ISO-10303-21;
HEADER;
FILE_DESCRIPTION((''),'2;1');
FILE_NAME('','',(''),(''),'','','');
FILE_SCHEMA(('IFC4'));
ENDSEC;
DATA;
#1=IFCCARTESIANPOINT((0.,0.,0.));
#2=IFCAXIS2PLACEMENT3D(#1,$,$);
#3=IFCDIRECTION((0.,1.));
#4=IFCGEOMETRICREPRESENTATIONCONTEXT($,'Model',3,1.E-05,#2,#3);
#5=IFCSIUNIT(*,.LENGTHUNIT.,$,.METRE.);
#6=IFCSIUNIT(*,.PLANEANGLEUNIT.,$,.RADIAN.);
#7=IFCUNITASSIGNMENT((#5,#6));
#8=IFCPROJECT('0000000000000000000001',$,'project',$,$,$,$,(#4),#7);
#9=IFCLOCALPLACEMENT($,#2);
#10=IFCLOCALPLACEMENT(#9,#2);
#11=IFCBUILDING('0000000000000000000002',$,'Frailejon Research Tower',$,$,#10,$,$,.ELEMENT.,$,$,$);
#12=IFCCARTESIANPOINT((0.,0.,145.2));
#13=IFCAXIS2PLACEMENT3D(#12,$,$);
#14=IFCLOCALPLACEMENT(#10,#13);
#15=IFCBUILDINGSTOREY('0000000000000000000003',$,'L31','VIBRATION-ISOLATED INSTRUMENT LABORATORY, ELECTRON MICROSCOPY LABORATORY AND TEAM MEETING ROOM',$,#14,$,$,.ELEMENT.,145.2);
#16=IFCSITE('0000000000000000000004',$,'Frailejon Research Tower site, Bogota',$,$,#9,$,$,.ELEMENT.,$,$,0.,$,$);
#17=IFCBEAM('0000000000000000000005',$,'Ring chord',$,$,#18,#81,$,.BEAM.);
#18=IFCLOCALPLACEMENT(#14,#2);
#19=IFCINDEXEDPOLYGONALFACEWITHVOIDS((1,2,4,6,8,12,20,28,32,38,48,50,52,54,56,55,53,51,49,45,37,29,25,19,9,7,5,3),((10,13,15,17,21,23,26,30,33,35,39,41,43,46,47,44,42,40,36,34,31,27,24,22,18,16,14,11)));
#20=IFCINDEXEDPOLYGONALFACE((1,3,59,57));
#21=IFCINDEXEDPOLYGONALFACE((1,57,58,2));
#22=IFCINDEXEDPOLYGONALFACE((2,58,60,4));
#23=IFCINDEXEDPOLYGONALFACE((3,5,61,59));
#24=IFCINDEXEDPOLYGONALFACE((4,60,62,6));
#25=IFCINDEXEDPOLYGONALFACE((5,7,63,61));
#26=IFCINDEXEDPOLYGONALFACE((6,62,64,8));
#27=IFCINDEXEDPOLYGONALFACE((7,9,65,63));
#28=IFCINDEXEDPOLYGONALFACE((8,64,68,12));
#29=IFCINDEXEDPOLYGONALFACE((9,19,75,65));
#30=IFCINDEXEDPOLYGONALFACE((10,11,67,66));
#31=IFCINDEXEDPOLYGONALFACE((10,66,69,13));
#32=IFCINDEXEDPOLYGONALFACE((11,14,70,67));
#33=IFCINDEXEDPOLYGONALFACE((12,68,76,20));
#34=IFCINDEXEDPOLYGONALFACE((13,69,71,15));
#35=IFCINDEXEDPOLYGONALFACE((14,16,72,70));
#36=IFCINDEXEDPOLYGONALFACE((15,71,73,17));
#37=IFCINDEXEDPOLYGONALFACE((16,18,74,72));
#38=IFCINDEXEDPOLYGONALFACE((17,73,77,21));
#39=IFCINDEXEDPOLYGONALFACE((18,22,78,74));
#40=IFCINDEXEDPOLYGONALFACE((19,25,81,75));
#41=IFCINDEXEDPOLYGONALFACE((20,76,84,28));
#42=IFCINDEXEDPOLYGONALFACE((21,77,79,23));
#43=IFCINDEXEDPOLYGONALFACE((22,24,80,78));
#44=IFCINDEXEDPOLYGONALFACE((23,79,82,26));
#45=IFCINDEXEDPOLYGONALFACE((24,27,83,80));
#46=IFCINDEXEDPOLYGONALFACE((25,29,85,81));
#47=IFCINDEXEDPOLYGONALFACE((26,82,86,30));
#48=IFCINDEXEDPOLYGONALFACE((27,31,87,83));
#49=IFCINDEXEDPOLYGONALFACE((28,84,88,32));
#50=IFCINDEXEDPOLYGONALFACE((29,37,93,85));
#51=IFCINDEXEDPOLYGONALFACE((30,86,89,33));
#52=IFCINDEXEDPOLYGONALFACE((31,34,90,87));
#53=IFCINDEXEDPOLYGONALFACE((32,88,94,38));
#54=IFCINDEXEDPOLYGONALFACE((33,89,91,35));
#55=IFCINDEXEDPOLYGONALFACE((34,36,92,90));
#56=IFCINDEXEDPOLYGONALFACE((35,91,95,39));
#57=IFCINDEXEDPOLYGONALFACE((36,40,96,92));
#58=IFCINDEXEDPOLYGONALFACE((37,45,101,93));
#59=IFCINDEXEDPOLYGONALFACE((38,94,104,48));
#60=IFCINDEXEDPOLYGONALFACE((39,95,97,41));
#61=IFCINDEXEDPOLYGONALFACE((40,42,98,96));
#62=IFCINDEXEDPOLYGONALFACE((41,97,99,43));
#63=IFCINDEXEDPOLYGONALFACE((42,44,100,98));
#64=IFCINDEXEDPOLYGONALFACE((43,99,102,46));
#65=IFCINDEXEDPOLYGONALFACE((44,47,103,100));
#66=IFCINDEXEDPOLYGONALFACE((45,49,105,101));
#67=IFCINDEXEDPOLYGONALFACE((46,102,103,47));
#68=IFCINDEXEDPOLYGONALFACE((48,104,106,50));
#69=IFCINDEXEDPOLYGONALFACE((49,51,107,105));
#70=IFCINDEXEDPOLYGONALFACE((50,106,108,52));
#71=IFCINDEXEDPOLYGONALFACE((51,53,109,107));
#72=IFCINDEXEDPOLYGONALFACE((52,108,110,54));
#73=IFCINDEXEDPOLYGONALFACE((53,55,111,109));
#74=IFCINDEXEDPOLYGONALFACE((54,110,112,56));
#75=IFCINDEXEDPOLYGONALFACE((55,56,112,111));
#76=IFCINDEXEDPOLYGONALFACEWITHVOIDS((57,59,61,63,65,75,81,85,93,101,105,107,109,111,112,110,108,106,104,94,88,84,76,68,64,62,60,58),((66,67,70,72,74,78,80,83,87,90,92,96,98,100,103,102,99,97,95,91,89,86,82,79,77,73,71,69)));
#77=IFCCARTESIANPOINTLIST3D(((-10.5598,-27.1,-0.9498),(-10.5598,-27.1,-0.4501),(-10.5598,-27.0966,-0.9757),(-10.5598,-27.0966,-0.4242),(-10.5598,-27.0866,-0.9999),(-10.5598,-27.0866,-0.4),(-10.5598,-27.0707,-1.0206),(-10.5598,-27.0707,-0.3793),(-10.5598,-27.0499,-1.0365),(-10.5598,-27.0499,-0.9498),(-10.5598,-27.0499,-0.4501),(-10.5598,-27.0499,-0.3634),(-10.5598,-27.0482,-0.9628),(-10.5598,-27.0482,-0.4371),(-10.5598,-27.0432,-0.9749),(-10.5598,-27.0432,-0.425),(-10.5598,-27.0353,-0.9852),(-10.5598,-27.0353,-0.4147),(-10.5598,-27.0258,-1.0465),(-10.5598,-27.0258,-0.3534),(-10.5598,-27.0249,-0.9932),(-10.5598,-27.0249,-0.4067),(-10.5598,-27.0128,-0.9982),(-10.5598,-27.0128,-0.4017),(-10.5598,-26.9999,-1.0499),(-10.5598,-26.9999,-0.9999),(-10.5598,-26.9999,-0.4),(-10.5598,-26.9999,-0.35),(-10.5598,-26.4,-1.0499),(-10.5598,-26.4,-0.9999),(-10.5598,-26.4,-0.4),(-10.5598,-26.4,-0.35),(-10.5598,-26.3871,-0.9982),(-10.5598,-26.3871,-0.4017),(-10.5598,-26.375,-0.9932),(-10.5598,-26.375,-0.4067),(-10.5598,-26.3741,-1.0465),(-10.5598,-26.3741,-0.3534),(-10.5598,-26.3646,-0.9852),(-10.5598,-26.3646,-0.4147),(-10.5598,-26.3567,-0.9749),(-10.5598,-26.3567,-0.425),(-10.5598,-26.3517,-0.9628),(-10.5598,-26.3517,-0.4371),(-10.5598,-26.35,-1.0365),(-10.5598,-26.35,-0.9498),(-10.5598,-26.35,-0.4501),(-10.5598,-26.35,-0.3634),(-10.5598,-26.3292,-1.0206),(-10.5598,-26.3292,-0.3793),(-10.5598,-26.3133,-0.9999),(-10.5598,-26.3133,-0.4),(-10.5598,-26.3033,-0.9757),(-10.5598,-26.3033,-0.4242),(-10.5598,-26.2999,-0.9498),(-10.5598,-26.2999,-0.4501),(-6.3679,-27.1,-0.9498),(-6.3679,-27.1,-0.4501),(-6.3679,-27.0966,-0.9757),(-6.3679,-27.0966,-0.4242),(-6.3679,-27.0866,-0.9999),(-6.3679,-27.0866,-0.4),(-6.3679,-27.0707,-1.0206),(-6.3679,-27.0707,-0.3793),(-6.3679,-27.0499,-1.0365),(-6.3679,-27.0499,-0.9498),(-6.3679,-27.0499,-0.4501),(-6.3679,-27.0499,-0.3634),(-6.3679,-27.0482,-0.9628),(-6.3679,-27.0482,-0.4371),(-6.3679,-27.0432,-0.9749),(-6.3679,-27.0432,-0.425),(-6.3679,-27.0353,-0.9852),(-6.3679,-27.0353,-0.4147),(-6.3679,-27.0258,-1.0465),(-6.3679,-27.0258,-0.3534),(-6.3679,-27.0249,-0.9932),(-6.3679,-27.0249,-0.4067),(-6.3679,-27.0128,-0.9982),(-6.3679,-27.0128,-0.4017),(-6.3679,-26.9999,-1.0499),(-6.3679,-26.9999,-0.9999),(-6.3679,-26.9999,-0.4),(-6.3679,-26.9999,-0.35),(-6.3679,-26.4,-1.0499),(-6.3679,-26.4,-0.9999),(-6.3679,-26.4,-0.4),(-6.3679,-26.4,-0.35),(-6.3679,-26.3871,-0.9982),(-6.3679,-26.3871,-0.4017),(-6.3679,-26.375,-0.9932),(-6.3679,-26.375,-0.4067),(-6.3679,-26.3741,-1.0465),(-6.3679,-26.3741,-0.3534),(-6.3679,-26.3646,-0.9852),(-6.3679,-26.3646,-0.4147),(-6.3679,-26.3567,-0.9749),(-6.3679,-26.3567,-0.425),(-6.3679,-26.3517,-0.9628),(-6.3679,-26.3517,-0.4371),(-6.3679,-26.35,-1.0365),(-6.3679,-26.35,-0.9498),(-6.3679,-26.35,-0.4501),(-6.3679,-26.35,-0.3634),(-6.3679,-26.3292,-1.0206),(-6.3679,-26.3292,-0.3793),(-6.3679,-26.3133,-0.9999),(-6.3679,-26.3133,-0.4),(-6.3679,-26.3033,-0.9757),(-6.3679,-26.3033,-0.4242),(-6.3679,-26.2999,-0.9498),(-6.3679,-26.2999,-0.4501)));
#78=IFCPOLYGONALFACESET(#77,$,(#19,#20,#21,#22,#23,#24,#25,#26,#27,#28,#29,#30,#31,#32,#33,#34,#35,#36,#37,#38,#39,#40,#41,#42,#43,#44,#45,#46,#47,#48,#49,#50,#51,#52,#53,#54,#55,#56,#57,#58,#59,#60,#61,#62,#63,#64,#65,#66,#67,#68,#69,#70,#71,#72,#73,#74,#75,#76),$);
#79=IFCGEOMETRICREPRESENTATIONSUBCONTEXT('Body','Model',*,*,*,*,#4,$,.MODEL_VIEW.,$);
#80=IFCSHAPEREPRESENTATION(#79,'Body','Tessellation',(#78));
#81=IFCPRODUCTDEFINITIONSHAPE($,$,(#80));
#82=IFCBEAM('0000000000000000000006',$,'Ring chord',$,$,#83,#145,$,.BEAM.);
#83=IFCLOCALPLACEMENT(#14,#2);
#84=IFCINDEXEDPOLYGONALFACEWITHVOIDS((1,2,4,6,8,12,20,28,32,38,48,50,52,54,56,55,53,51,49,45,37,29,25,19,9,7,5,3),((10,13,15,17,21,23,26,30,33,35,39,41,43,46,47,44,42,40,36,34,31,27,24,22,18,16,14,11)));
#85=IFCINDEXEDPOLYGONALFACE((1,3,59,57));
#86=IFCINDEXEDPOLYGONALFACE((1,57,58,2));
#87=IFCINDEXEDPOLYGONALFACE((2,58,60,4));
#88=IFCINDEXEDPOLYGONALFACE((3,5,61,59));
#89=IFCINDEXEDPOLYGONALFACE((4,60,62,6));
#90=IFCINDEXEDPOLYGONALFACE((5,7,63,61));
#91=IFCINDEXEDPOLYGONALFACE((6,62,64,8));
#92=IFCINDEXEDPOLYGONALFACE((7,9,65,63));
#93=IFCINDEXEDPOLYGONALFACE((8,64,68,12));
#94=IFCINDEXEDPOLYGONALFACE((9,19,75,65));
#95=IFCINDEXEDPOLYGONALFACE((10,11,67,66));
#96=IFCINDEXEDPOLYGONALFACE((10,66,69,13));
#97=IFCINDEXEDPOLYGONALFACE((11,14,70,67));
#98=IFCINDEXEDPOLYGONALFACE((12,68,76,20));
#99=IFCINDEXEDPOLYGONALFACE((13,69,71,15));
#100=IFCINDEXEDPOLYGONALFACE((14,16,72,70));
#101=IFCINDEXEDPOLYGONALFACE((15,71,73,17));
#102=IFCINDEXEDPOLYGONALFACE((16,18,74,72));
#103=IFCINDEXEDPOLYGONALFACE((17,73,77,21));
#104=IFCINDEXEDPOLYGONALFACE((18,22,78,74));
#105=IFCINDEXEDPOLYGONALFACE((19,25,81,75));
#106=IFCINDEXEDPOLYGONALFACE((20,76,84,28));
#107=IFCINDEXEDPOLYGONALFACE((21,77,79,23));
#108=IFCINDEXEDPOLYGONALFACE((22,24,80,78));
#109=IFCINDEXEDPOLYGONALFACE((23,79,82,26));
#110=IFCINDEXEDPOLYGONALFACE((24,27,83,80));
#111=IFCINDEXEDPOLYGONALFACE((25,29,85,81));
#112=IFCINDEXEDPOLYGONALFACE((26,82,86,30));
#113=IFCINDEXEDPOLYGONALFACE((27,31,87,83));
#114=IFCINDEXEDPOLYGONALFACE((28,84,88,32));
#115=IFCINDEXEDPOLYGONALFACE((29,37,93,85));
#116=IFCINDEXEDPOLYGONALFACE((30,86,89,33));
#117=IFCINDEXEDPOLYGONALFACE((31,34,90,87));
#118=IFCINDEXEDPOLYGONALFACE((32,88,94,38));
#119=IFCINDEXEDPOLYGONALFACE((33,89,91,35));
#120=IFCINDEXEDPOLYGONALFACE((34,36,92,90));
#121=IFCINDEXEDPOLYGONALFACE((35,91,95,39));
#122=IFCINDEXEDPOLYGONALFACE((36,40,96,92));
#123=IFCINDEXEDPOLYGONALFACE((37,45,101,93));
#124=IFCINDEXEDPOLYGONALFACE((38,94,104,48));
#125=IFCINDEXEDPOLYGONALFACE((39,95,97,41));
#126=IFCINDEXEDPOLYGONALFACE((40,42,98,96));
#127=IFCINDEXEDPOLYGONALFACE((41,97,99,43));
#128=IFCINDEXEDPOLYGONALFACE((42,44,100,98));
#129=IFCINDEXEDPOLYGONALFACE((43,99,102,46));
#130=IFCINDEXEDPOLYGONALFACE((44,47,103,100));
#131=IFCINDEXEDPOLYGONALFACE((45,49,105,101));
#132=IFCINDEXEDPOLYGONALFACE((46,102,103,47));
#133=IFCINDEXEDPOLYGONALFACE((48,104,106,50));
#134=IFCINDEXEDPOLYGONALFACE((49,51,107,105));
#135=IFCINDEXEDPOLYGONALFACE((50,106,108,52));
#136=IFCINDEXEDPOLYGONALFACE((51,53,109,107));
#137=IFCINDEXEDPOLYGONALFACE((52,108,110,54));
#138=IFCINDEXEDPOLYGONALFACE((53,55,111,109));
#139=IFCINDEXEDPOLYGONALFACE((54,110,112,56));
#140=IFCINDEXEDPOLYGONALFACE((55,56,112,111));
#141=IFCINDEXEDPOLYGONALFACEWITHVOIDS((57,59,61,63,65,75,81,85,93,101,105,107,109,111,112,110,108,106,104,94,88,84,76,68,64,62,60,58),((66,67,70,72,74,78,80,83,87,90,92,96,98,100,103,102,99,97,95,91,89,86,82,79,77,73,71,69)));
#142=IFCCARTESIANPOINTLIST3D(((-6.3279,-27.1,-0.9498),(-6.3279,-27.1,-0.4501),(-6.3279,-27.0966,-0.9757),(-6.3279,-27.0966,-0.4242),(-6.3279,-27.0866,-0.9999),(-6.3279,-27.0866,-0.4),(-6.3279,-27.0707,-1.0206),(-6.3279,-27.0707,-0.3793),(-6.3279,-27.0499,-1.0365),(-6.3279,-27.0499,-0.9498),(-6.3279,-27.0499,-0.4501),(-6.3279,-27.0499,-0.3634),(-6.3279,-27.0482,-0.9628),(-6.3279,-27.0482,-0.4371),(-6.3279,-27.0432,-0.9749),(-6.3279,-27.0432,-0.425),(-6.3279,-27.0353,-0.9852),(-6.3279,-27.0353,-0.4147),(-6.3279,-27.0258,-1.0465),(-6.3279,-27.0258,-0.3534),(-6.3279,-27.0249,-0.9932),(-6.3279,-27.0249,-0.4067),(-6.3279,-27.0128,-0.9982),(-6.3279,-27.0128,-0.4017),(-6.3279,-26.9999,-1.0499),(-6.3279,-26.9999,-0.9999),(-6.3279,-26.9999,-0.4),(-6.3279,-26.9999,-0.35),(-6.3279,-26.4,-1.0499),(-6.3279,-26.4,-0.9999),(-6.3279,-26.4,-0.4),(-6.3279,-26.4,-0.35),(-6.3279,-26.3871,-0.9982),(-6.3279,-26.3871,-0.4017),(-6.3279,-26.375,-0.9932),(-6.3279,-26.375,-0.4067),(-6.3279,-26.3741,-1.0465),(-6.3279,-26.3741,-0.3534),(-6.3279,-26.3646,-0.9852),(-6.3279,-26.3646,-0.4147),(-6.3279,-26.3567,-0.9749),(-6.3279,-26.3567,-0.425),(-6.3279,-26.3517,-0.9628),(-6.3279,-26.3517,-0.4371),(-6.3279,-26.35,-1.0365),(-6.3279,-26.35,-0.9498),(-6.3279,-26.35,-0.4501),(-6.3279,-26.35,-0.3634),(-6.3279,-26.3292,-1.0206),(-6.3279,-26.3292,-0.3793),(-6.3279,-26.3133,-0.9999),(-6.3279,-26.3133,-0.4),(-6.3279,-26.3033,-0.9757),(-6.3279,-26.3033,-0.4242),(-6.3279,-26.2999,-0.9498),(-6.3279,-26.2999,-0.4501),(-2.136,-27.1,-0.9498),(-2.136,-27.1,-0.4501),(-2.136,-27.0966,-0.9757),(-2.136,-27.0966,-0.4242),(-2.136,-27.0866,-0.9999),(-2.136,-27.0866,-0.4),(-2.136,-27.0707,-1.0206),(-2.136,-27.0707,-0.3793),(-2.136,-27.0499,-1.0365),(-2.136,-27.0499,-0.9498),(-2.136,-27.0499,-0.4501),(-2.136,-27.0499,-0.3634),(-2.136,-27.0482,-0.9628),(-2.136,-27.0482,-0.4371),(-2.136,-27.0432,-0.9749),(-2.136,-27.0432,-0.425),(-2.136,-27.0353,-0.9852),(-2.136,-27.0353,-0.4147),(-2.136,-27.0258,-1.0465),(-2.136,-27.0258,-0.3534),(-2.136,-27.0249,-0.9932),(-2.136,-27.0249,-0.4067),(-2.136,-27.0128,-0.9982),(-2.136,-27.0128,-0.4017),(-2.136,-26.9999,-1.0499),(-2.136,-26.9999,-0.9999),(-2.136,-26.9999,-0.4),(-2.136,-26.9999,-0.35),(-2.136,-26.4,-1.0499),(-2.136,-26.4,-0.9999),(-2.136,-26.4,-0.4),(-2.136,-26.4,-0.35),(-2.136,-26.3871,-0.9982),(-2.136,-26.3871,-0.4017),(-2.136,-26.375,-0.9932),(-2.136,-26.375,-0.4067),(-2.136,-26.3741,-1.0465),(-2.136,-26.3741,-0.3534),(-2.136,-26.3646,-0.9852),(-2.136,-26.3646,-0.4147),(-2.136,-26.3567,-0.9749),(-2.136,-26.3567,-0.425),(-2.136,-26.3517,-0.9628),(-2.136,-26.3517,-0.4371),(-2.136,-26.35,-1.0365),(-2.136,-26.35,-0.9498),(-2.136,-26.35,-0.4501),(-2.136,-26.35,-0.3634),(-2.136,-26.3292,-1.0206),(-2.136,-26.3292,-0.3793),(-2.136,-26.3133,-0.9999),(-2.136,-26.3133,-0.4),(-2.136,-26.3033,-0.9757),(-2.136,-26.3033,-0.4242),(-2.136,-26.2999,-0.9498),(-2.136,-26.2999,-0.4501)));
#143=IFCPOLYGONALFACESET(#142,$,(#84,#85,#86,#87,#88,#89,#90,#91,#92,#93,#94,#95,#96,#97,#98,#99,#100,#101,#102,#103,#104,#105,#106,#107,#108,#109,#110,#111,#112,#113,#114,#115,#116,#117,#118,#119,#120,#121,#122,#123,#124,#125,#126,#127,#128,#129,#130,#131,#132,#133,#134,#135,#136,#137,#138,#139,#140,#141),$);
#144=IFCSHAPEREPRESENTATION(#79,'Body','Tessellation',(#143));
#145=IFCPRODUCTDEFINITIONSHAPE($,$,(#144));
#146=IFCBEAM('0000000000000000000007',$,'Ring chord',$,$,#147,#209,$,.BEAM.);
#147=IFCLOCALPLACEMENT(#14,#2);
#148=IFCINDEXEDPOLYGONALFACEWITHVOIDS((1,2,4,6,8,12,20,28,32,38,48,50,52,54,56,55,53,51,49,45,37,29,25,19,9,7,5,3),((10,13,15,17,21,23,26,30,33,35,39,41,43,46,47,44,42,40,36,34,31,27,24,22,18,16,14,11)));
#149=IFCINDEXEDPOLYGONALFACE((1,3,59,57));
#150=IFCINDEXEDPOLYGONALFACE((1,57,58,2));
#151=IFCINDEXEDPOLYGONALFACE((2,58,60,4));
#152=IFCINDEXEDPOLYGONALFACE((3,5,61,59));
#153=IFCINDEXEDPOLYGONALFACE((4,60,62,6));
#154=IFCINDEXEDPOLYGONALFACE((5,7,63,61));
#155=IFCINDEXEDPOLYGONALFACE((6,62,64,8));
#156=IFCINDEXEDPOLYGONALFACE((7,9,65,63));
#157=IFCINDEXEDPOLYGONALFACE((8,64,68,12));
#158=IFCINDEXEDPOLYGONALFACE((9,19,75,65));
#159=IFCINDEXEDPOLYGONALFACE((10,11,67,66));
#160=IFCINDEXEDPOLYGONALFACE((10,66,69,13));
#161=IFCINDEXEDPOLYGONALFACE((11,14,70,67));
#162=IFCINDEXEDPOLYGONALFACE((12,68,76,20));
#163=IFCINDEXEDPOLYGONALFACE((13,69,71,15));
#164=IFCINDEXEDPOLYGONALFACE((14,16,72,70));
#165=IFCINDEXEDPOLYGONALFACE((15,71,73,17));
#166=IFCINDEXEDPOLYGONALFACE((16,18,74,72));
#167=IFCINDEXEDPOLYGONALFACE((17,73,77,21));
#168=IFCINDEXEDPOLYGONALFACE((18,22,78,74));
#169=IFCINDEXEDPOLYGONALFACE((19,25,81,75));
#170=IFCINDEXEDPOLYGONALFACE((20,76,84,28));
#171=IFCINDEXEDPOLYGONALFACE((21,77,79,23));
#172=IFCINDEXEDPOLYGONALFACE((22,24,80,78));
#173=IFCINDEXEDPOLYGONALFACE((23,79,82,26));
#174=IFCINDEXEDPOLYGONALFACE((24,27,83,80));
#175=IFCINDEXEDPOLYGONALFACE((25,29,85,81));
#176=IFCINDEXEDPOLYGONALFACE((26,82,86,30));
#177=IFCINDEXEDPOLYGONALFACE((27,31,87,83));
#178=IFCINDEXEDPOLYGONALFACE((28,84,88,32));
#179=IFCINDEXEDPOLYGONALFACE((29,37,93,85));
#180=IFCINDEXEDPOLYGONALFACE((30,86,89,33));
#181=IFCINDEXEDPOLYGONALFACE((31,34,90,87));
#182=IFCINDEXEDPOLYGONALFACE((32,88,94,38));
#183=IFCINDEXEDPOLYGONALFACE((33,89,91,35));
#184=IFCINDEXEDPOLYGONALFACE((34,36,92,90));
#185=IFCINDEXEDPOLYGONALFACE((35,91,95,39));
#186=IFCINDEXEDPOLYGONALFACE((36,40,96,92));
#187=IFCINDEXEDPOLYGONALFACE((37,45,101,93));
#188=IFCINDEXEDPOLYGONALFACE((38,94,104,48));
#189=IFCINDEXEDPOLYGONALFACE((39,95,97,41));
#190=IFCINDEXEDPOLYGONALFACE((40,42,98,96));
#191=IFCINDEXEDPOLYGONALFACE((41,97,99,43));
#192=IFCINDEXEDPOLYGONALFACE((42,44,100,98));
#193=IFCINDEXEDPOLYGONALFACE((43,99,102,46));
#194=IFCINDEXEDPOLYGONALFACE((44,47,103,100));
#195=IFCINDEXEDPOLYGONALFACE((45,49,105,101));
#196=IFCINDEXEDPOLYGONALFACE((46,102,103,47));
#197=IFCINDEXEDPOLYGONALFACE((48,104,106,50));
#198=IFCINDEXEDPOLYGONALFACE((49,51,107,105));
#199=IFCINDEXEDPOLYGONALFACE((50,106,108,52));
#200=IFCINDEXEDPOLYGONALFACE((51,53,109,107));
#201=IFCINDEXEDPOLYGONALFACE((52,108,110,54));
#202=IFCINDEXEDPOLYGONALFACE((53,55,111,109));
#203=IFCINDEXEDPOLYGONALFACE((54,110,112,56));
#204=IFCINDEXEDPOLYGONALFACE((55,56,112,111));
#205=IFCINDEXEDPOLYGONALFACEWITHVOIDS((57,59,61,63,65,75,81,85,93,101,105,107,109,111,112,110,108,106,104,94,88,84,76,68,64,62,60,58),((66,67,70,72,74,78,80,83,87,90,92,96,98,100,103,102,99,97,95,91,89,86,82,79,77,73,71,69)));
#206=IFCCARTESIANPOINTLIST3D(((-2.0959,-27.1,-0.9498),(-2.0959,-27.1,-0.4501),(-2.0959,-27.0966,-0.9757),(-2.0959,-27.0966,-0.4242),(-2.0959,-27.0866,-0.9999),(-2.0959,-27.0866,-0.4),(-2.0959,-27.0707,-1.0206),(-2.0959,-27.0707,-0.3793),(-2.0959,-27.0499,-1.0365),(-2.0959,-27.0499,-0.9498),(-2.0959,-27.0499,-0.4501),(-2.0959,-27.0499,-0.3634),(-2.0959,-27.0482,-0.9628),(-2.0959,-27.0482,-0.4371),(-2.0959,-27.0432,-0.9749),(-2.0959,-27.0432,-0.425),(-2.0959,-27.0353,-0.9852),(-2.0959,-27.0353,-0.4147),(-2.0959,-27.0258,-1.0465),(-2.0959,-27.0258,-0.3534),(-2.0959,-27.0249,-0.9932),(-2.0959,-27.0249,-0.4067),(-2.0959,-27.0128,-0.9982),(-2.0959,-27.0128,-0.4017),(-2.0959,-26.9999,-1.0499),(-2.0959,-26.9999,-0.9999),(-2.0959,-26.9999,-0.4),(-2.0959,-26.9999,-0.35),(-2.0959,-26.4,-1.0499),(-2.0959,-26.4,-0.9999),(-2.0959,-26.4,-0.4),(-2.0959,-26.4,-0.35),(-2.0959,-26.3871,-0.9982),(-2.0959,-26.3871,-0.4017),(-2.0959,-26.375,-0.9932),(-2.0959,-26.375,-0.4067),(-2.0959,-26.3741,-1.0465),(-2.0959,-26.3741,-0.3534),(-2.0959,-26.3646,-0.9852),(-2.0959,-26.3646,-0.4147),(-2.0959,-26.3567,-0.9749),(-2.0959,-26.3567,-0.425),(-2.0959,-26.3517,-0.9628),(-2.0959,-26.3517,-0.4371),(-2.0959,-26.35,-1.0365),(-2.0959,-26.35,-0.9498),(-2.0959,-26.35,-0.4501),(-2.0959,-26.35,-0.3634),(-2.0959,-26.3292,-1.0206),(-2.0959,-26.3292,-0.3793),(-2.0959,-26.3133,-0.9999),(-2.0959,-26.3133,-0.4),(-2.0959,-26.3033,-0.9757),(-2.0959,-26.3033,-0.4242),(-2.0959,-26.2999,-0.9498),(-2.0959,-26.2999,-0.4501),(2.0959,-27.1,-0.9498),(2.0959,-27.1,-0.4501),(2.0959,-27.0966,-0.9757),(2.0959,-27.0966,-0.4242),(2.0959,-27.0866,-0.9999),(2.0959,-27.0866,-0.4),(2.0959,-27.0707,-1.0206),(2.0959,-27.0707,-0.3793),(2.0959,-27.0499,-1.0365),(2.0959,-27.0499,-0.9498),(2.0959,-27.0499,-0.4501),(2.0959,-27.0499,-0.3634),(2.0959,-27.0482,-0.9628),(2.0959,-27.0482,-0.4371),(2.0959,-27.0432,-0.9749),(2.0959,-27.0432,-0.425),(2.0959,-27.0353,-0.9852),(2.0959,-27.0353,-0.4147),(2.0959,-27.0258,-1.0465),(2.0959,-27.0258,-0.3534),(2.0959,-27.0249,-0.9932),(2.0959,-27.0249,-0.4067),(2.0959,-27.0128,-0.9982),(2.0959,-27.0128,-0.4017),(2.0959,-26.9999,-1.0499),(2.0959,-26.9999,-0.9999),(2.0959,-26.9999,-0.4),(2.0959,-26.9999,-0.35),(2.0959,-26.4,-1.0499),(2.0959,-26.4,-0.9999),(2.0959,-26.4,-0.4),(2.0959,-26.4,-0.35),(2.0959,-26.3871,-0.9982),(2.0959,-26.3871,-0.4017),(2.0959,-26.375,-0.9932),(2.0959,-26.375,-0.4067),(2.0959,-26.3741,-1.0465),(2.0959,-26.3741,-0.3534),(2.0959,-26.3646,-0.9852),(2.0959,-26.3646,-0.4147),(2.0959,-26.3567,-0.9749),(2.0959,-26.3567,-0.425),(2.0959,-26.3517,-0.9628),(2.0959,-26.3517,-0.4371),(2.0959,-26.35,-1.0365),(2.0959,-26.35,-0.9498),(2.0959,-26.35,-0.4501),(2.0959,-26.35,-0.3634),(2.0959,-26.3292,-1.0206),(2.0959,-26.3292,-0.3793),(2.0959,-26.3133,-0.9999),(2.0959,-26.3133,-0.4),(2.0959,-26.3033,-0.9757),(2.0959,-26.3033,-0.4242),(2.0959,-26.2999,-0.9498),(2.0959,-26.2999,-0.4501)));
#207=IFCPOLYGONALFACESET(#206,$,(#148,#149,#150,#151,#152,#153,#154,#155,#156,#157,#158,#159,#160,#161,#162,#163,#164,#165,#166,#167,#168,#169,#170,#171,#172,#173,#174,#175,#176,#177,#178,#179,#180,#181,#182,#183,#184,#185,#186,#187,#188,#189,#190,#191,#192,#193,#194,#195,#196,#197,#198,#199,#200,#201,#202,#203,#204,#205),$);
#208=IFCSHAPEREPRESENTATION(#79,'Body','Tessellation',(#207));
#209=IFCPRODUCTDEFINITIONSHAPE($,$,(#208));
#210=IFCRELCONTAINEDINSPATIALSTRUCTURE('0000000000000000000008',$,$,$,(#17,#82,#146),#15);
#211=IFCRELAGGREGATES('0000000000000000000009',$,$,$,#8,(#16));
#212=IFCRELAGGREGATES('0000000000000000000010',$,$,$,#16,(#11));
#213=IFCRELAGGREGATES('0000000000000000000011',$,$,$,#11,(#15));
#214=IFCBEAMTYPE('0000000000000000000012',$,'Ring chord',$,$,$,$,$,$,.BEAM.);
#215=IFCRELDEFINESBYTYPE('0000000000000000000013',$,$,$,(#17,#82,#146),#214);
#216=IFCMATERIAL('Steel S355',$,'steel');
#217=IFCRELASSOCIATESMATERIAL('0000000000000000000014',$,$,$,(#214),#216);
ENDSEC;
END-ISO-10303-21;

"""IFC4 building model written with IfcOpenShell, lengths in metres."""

from ifc_helpers import new_model, si_unit, direction, frame, origin, origin_2d, place, context, subcontext, project, spatial, hollow_rectangle, extrude, material, material_profile, profile_set, type_object, element, save


model = new_model("IFC4")

# Units and contexts
model_context = context("Model", 3, precision=1e-05, world=origin(), true_north=direction((0.0, 1.0)))
body_context = subcontext(model_context, "Body", "Model", "MODEL_VIEW")
ifc_project = project(units=[si_unit("LENGTHUNIT", "METRE"), si_unit("PLANEANGLEUNIT", "RADIAN")], contexts=[model_context])

# Site, building, storey
site_placement = place(None, origin())
site = spatial("IfcSite", under=ifc_project, at=site_placement, Name="Frailejon Research Tower site, Bogota", CompositionType="ELEMENT", RefElevation=0.0)
building_placement = place(site_placement, origin())
building = spatial("IfcBuilding", under=site, at=building_placement, Name="Frailejon Research Tower", CompositionType="ELEMENT")
storey_placement = place(building_placement, frame((0.0, 0.0, 145.2)))
storey = spatial("IfcBuildingStorey", under=building, at=storey_placement, Name="L31", Description="VIBRATION-ISOLATED INSTRUMENT LABORATORY, ELECTRON MICROSCOPY LABORATORY AND TEAM MEETING ROOM", CompositionType="ELEMENT", Elevation=145.2)

# Beams
ifc_material_1 = material(Name="Steel S355", Category="steel")
ifc_material_profile_1 = material_profile(ifc_material_1, hollow_rectangle(XDim=0.8, YDim=0.7, WallThickness=0.05, InnerFilletRadius=0.05, OuterFilletRadius=0.1001, at=origin_2d()), Name="Ring chord")
ifc_profile_set_1 = profile_set([ifc_material_profile_1], Name="Steel S355")
beam_type_1 = type_object("IfcBeamType", Name="Ring chord", PredefinedType="BEAM", material=ifc_profile_set_1)
for number, where, z_axis, x_axis, name in (
    (1, (-10.5598, -26.7, -0.7), (1.0, 0.0, 0.0), (0.0, 1.0, 0.0), "Ring chord"),
    (2, (-6.3279, -26.7, -0.7), (1.0, 0.0, 0.0), (0.0, 1.0, 0.0), "Ring chord"),
    (3, (-2.0959, -26.7, -0.7), (1.0, 0.0, 0.0), (0.0, 1.0, 0.0), "Ring chord"),
):
    element("IfcBeam", number, at=place(storey_placement, frame(where, z_axis=z_axis, x_axis=x_axis)), inside=storey, type_object=beam_type_1, Name=name, PredefinedType="BEAM", context=body_context, shape_type="SweptSolid", body=[
        extrude(hollow_rectangle(XDim=0.8, YDim=0.7, WallThickness=0.05, InnerFilletRadius=0.05, OuterFilletRadius=0.1001, at=origin_2d()), origin(), (0.0, 0.0, 1.0), 4.1919),
    ])

save(model, "model.ifc")
